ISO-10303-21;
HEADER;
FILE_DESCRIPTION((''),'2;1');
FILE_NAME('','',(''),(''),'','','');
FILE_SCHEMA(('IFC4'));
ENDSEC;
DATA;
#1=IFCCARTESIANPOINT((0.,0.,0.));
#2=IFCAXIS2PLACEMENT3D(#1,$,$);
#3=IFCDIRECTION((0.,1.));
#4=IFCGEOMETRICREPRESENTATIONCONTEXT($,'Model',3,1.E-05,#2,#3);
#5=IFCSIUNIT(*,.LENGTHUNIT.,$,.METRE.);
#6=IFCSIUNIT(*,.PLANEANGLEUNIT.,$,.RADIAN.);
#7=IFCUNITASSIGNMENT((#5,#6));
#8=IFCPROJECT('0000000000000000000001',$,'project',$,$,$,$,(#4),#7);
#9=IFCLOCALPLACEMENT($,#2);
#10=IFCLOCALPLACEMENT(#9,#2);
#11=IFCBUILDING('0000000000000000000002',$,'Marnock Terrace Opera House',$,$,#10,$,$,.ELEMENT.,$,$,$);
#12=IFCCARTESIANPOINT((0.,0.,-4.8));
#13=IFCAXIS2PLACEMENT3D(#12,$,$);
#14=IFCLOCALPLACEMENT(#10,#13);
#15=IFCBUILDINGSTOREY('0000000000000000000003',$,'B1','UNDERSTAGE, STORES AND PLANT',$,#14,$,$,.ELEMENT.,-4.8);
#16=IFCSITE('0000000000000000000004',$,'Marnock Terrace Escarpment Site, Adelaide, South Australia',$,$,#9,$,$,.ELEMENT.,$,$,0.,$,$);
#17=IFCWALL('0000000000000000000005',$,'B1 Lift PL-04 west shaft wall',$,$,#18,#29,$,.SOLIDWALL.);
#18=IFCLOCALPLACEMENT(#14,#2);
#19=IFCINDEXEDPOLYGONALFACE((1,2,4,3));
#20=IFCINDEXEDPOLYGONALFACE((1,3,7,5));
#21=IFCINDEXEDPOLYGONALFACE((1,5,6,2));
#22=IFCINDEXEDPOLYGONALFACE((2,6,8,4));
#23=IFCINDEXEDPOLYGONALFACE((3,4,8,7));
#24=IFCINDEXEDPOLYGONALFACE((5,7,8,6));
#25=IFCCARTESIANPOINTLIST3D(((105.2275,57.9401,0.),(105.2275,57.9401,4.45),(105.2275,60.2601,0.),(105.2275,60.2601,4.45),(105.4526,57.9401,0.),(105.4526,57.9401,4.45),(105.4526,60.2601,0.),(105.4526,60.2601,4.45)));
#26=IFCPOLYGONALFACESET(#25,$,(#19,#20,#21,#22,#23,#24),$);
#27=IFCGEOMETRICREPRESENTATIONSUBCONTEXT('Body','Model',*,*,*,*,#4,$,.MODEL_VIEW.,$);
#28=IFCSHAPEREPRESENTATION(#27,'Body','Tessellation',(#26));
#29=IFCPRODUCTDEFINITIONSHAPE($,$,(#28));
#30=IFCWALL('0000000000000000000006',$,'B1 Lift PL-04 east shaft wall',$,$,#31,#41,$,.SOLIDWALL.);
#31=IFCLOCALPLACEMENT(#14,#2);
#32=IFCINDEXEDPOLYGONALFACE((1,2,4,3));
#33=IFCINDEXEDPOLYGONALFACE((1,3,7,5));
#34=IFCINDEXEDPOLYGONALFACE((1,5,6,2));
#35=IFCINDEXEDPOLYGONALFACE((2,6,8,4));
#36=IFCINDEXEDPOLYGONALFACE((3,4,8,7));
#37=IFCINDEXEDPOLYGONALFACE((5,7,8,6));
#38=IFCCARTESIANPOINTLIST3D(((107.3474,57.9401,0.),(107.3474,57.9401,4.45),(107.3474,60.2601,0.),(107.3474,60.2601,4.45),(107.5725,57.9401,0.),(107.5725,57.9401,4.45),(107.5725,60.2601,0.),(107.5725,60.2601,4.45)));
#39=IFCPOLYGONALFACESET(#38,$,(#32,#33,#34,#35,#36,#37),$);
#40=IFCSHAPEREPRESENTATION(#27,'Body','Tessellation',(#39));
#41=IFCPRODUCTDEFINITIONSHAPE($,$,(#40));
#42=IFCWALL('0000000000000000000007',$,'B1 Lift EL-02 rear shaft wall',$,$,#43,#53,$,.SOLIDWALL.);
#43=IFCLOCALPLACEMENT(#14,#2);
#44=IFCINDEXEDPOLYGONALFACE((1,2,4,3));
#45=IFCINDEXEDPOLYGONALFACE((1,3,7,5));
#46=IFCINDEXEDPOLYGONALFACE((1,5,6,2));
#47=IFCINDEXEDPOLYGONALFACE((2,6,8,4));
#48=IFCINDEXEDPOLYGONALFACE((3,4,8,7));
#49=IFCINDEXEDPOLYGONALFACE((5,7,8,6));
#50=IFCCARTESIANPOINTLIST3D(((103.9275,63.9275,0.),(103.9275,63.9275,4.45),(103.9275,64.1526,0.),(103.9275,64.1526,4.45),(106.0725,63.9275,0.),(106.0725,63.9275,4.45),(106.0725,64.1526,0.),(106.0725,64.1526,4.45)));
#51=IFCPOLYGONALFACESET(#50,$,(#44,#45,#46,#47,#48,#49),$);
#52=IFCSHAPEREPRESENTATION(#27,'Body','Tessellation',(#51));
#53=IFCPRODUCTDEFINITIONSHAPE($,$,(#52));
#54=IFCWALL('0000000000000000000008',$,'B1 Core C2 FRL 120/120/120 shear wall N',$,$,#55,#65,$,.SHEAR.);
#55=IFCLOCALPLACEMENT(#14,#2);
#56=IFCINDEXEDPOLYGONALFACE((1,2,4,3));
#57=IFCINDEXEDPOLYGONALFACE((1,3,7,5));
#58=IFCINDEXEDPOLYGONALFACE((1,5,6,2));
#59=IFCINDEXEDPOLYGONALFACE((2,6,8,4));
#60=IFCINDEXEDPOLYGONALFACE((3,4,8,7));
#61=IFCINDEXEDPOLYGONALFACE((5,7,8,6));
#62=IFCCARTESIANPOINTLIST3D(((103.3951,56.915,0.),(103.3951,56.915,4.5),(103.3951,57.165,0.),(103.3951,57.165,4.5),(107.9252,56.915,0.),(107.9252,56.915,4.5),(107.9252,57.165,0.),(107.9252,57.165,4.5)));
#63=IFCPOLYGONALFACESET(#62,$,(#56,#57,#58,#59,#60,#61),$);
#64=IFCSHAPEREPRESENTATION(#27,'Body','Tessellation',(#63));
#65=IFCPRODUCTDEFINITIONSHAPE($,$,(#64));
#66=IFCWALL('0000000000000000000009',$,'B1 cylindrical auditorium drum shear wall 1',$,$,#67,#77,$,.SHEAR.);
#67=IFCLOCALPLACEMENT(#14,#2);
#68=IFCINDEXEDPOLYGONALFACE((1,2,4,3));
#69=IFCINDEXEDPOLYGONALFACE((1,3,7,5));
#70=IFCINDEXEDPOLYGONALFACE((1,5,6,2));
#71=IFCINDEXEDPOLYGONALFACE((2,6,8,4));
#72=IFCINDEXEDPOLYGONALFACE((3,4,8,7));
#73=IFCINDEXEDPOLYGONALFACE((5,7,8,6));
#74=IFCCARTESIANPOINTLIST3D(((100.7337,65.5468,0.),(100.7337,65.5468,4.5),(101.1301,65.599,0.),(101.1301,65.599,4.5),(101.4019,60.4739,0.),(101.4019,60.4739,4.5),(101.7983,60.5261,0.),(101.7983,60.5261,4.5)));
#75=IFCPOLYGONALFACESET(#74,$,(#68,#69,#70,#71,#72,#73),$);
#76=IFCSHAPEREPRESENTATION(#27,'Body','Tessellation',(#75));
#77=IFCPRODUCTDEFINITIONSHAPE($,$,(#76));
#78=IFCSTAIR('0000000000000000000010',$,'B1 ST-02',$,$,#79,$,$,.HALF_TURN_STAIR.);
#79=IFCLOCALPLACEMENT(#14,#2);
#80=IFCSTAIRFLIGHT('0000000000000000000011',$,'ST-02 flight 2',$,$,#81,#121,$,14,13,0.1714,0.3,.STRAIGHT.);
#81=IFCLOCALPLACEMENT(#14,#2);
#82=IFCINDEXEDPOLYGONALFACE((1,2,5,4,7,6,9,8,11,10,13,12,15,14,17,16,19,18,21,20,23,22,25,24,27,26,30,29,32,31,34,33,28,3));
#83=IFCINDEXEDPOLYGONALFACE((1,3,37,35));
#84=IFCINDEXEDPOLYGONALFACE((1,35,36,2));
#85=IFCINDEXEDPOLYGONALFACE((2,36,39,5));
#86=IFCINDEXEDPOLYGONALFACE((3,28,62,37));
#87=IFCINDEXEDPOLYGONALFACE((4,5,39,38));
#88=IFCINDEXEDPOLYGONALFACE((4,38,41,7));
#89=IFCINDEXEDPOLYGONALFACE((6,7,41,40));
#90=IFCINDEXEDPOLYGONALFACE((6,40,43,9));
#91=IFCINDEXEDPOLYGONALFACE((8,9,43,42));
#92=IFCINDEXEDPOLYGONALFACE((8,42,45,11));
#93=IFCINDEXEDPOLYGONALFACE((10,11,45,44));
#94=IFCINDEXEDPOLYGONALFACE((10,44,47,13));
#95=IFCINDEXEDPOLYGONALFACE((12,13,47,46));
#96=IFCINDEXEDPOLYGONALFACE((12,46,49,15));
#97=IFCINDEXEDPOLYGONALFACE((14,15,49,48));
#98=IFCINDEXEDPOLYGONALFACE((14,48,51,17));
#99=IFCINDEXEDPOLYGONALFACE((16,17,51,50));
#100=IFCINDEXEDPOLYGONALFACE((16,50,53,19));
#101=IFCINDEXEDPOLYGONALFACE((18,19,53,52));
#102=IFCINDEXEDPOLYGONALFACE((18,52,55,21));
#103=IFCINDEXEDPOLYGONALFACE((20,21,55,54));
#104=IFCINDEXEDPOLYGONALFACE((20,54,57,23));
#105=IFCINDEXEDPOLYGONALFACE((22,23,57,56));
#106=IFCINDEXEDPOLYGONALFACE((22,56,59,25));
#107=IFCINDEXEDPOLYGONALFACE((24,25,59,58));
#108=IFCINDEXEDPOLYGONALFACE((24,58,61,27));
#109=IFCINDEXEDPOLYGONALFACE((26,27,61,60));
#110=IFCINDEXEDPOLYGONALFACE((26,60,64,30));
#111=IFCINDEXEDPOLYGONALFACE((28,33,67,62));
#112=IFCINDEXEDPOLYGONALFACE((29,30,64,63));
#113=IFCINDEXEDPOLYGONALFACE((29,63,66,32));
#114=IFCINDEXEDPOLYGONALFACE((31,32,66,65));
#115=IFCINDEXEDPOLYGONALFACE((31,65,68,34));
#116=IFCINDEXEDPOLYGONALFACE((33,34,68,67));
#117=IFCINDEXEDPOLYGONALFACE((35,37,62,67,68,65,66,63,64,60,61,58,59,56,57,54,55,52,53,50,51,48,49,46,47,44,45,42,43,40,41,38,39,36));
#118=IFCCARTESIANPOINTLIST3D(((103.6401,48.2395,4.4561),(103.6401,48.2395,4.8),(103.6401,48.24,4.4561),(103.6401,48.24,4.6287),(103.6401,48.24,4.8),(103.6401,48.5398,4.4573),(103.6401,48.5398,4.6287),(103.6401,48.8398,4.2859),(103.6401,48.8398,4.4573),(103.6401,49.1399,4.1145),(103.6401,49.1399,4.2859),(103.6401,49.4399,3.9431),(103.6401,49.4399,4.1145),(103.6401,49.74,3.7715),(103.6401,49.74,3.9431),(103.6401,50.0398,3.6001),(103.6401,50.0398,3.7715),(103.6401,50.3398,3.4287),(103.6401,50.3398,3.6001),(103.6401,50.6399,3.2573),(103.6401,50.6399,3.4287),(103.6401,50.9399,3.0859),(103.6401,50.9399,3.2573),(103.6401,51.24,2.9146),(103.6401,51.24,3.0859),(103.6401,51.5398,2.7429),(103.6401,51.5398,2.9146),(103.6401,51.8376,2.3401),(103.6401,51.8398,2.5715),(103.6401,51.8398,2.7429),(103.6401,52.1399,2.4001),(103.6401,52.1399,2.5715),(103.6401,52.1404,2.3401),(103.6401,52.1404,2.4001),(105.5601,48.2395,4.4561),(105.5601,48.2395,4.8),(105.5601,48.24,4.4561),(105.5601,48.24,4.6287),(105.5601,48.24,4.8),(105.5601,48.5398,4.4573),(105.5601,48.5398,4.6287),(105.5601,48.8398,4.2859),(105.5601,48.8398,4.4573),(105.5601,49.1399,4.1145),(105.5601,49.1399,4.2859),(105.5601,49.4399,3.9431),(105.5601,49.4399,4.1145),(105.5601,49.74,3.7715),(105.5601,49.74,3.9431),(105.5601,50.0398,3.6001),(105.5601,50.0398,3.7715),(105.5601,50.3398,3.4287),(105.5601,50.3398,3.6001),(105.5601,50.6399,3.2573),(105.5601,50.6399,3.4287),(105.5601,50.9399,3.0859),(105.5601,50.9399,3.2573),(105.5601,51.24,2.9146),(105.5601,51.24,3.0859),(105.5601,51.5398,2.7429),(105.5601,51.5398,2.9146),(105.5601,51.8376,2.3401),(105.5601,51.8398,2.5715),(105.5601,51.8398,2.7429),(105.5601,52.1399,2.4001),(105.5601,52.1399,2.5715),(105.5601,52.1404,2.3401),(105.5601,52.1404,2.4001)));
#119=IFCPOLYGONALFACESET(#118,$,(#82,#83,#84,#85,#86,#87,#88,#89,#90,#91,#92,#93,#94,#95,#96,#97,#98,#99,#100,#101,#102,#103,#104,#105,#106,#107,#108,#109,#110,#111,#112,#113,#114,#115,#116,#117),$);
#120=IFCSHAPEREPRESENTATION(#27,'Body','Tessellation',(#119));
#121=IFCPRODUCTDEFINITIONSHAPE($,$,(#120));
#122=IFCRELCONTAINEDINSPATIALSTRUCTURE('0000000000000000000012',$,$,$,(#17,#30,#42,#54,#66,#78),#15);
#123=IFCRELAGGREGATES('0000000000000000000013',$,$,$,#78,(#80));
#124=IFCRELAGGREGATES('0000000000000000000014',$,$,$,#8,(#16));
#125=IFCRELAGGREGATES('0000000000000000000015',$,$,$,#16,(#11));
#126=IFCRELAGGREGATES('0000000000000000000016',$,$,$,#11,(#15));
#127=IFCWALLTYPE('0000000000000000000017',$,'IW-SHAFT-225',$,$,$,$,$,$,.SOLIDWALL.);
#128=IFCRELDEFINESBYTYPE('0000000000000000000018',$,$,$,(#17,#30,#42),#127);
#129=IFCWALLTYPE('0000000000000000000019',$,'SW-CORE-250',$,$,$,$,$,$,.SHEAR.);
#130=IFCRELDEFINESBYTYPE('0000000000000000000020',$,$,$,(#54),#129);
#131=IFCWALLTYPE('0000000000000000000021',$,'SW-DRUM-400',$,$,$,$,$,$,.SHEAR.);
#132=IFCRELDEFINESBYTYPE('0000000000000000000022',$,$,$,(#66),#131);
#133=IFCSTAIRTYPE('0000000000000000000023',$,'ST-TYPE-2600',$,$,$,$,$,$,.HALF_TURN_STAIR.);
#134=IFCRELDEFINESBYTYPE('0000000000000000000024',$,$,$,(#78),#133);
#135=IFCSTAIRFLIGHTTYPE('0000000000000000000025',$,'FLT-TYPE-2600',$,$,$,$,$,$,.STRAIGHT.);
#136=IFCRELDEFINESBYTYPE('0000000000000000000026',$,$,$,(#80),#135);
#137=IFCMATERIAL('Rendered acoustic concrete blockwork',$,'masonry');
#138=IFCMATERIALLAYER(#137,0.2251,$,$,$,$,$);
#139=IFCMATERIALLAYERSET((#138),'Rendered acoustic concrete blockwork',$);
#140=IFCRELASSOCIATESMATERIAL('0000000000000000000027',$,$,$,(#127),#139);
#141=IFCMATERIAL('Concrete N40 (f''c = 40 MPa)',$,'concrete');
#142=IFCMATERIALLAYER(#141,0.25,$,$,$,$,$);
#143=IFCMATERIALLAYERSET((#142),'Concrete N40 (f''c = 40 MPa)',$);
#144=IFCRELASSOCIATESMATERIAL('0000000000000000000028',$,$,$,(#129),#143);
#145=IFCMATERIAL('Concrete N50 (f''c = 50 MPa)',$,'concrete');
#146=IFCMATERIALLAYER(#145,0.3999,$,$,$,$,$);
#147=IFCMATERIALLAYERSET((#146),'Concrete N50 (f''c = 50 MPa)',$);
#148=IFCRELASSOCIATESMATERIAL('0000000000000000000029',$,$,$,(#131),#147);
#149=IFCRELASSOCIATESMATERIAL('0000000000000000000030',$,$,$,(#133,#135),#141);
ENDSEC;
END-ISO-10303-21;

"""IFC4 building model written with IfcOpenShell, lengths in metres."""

from ifc_helpers import new_model, si_unit, direction, frame, frame_2d, origin, place, context, subcontext, project, spatial, polyline, rectangle, outline, extrude, material, layer, layer_set, type_object, element, aggregate, save


model = new_model("IFC4")

# Units and contexts
model_context = context("Model", 3, precision=1e-05, world=origin(), true_north=direction((0.0, 1.0)))
body_context = subcontext(model_context, "Body", "Model", "MODEL_VIEW")
ifc_project = project(units=[si_unit("LENGTHUNIT", "METRE"), si_unit("PLANEANGLEUNIT", "RADIAN")], contexts=[model_context])

# Site, building, storey
site_placement = place(None, origin())
site = spatial("IfcSite", under=ifc_project, at=site_placement, Name="Marnock Terrace Escarpment Site, Adelaide, South Australia", CompositionType="ELEMENT", RefElevation=0.0)
building_placement = place(site_placement, origin())
building = spatial("IfcBuilding", under=site, at=building_placement, Name="Marnock Terrace Opera House", CompositionType="ELEMENT")
storey_placement = place(building_placement, frame((0.0, 0.0, -4.8)))
storey = spatial("IfcBuildingStorey", under=building, at=storey_placement, Name="B1", Description="UNDERSTAGE, STORES AND PLANT", CompositionType="ELEMENT", Elevation=-4.8)

# Shared definitions
ifc_material_1 = material(Name="Concrete N40 (f'c = 40 MPa)", Category="concrete")

# Shared definitions
ifc_material_2 = material(Name="Concrete N50 (f'c = 50 MPa)", Category="concrete")

# Shared definitions
ifc_material_3 = material(Name="Rendered acoustic concrete blockwork", Category="masonry")
ifc_layer_1 = layer(ifc_material_3, 0.2251)
ifc_layer_set_1 = layer_set([ifc_layer_1], Name="Rendered acoustic concrete blockwork")
wall_type_1 = type_object("IfcWallType", Name="IW-SHAFT-225", PredefinedType="SOLIDWALL", material=ifc_layer_set_1)

# Walls
for number, where, z_axis, x_axis, name in (
    (1, (105.3401, 57.9399, 0.0), (0.0, 0.0, 1.0), (0.0, 1.0, 0.0), "B1 Lift PL-04 west shaft wall"),
    (2, (107.46, 57.9399, 0.0), (0.0, 0.0, 1.0), (0.0, 1.0, 0.0), "B1 Lift PL-04 east shaft wall"),
):
    element("IfcWall", number, at=place(storey_placement, frame(where, z_axis=z_axis, x_axis=x_axis)), inside=storey, type_object=wall_type_1, Name=name, PredefinedType="SOLIDWALL", context=body_context, shape_type="SweptSolid", body=[
        extrude(rectangle(XDim=2.3201, YDim=0.2251, at=frame_2d((1.1602, 0.0))), origin(), (0.0, 0.0, 1.0), 4.45),
    ])
wall_1_placement = place(storey_placement, frame((103.9275, 64.04, 0.0), z_axis=(0.0, 0.0, 1.0), x_axis=(1.0, 0.0, 0.0)))
element("IfcWall", 3, at=wall_1_placement, inside=storey, type_object=wall_type_1, Name="B1 Lift EL-02 rear shaft wall", PredefinedType="SOLIDWALL", context=body_context, shape_type="SweptSolid", body=[
    extrude(rectangle(XDim=2.145, YDim=0.2251, at=frame_2d((1.0725, 0.0))), origin(), (0.0, 0.0, 1.0), 4.45),
])
ifc_layer_2 = layer(ifc_material_1, 0.25)
ifc_layer_set_2 = layer_set([ifc_layer_2], Name="Concrete N40 (f'c = 40 MPa)")
wall_type_2 = type_object("IfcWallType", Name="SW-CORE-250", PredefinedType="SHEAR", material=ifc_layer_set_2)
wall_2_placement = place(storey_placement, frame((103.395, 57.04, 0.0), z_axis=(0.0, 0.0, 1.0), x_axis=(1.0, 0.0, 0.0)))
element("IfcWall", 4, at=wall_2_placement, inside=storey, type_object=wall_type_2, Name="B1 Core C2 FRL 120/120/120 shear wall N", PredefinedType="SHEAR", context=body_context, shape_type="SweptSolid", body=[
    extrude(rectangle(XDim=4.53, YDim=0.25, at=frame_2d((2.2651, 0.0))), origin(), (0.0, 0.0, 1.0), 4.5),
])
ifc_layer_3 = layer(ifc_material_2, 0.3999)
ifc_layer_set_3 = layer_set([ifc_layer_3], Name="Concrete N50 (f'c = 50 MPa)")
wall_type_3 = type_object("IfcWallType", Name="SW-DRUM-400", PredefinedType="SHEAR", material=ifc_layer_set_3)
wall_3_placement = place(storey_placement, frame((101.6001, 60.5, 0.0), z_axis=(0.0, 0.0, 1.0), x_axis=(-0.130592, 0.991436, 0.0)))
element("IfcWall", 5, at=wall_3_placement, inside=storey, type_object=wall_type_3, Name="B1 cylindrical auditorium drum shear wall 1", PredefinedType="SHEAR", context=body_context, shape_type="SweptSolid", body=[
    extrude(rectangle(XDim=5.1167, YDim=0.3999, at=frame_2d((2.5583, 0.0))), origin(), (0.0, 0.0, 1.0), 4.5),
])

# Stair, stair flight
stair_type = type_object("IfcStairType", Name="ST-TYPE-2600", PredefinedType="HALF_TURN_STAIR", material=ifc_material_1)
stair_placement = place(storey_placement, origin())
stair = element("IfcStair", 6, at=stair_placement, inside=storey, type_object=stair_type, Name="B1 ST-02", PredefinedType="HALF_TURN_STAIR")
stair_flight_type = type_object("IfcStairFlightType", Name="FLT-TYPE-2600", PredefinedType="STRAIGHT", material=ifc_material_1)
stair_flight_placement = place(storey_placement, frame((104.6001, 52.1399, 2.4001), z_axis=(0.0, 0.0, 1.0), x_axis=(0.0, -1.0, 0.0)))
stair_flight = element("IfcStairFlight", 7, at=stair_flight_placement, type_object=stair_flight_type, Name="ST-02 flight 2", NumberOfRisers=14, NumberOfTreads=13, PredefinedType="STRAIGHT", RiserHeight=0.1714, TreadLength=0.3, context=body_context, shape_type="SweptSolid", body=[
    extrude(outline(polyline([(-0.0005, -0.0601), (-0.0005, 0.0), (0.0, 0.0), (0.0, 0.1714), (0.3, 0.1714), (0.3, 0.3428), (0.6001, 0.3428), (0.6001, 0.5144), (0.8999, 0.5144), (0.8999, 0.6858), (1.2, 0.6858), (1.2, 0.8572), (1.5, 0.8572), (1.5, 1.0286), (1.8, 1.0286), (1.8, 1.2), (2.1001, 1.2), (2.1001, 1.3713), (2.3999, 1.3713), (2.3999, 1.543), (2.7, 1.543), (2.7, 1.7144), (3.0, 1.7144), (3.0, 1.8857), (3.3, 1.8857), (3.3, 2.0571), (3.6001, 2.0571), (3.6001, 2.2285), (3.8999, 2.2285), (3.8999, 2.3999), (3.9004, 2.3999), (3.9004, 2.0559), (3.8999, 2.0559), (0.3022, -0.0601), (-0.0005, -0.0601)])), frame((0.0, 0.96, 0.0), z_axis=(0.0, -1.0, 0.0), x_axis=(1.0, 0.0, 0.0)), (0.0, 0.0, 1.0), 1.9199),
])
aggregate(stair, [stair_flight])

save(model, "model.ifc")
